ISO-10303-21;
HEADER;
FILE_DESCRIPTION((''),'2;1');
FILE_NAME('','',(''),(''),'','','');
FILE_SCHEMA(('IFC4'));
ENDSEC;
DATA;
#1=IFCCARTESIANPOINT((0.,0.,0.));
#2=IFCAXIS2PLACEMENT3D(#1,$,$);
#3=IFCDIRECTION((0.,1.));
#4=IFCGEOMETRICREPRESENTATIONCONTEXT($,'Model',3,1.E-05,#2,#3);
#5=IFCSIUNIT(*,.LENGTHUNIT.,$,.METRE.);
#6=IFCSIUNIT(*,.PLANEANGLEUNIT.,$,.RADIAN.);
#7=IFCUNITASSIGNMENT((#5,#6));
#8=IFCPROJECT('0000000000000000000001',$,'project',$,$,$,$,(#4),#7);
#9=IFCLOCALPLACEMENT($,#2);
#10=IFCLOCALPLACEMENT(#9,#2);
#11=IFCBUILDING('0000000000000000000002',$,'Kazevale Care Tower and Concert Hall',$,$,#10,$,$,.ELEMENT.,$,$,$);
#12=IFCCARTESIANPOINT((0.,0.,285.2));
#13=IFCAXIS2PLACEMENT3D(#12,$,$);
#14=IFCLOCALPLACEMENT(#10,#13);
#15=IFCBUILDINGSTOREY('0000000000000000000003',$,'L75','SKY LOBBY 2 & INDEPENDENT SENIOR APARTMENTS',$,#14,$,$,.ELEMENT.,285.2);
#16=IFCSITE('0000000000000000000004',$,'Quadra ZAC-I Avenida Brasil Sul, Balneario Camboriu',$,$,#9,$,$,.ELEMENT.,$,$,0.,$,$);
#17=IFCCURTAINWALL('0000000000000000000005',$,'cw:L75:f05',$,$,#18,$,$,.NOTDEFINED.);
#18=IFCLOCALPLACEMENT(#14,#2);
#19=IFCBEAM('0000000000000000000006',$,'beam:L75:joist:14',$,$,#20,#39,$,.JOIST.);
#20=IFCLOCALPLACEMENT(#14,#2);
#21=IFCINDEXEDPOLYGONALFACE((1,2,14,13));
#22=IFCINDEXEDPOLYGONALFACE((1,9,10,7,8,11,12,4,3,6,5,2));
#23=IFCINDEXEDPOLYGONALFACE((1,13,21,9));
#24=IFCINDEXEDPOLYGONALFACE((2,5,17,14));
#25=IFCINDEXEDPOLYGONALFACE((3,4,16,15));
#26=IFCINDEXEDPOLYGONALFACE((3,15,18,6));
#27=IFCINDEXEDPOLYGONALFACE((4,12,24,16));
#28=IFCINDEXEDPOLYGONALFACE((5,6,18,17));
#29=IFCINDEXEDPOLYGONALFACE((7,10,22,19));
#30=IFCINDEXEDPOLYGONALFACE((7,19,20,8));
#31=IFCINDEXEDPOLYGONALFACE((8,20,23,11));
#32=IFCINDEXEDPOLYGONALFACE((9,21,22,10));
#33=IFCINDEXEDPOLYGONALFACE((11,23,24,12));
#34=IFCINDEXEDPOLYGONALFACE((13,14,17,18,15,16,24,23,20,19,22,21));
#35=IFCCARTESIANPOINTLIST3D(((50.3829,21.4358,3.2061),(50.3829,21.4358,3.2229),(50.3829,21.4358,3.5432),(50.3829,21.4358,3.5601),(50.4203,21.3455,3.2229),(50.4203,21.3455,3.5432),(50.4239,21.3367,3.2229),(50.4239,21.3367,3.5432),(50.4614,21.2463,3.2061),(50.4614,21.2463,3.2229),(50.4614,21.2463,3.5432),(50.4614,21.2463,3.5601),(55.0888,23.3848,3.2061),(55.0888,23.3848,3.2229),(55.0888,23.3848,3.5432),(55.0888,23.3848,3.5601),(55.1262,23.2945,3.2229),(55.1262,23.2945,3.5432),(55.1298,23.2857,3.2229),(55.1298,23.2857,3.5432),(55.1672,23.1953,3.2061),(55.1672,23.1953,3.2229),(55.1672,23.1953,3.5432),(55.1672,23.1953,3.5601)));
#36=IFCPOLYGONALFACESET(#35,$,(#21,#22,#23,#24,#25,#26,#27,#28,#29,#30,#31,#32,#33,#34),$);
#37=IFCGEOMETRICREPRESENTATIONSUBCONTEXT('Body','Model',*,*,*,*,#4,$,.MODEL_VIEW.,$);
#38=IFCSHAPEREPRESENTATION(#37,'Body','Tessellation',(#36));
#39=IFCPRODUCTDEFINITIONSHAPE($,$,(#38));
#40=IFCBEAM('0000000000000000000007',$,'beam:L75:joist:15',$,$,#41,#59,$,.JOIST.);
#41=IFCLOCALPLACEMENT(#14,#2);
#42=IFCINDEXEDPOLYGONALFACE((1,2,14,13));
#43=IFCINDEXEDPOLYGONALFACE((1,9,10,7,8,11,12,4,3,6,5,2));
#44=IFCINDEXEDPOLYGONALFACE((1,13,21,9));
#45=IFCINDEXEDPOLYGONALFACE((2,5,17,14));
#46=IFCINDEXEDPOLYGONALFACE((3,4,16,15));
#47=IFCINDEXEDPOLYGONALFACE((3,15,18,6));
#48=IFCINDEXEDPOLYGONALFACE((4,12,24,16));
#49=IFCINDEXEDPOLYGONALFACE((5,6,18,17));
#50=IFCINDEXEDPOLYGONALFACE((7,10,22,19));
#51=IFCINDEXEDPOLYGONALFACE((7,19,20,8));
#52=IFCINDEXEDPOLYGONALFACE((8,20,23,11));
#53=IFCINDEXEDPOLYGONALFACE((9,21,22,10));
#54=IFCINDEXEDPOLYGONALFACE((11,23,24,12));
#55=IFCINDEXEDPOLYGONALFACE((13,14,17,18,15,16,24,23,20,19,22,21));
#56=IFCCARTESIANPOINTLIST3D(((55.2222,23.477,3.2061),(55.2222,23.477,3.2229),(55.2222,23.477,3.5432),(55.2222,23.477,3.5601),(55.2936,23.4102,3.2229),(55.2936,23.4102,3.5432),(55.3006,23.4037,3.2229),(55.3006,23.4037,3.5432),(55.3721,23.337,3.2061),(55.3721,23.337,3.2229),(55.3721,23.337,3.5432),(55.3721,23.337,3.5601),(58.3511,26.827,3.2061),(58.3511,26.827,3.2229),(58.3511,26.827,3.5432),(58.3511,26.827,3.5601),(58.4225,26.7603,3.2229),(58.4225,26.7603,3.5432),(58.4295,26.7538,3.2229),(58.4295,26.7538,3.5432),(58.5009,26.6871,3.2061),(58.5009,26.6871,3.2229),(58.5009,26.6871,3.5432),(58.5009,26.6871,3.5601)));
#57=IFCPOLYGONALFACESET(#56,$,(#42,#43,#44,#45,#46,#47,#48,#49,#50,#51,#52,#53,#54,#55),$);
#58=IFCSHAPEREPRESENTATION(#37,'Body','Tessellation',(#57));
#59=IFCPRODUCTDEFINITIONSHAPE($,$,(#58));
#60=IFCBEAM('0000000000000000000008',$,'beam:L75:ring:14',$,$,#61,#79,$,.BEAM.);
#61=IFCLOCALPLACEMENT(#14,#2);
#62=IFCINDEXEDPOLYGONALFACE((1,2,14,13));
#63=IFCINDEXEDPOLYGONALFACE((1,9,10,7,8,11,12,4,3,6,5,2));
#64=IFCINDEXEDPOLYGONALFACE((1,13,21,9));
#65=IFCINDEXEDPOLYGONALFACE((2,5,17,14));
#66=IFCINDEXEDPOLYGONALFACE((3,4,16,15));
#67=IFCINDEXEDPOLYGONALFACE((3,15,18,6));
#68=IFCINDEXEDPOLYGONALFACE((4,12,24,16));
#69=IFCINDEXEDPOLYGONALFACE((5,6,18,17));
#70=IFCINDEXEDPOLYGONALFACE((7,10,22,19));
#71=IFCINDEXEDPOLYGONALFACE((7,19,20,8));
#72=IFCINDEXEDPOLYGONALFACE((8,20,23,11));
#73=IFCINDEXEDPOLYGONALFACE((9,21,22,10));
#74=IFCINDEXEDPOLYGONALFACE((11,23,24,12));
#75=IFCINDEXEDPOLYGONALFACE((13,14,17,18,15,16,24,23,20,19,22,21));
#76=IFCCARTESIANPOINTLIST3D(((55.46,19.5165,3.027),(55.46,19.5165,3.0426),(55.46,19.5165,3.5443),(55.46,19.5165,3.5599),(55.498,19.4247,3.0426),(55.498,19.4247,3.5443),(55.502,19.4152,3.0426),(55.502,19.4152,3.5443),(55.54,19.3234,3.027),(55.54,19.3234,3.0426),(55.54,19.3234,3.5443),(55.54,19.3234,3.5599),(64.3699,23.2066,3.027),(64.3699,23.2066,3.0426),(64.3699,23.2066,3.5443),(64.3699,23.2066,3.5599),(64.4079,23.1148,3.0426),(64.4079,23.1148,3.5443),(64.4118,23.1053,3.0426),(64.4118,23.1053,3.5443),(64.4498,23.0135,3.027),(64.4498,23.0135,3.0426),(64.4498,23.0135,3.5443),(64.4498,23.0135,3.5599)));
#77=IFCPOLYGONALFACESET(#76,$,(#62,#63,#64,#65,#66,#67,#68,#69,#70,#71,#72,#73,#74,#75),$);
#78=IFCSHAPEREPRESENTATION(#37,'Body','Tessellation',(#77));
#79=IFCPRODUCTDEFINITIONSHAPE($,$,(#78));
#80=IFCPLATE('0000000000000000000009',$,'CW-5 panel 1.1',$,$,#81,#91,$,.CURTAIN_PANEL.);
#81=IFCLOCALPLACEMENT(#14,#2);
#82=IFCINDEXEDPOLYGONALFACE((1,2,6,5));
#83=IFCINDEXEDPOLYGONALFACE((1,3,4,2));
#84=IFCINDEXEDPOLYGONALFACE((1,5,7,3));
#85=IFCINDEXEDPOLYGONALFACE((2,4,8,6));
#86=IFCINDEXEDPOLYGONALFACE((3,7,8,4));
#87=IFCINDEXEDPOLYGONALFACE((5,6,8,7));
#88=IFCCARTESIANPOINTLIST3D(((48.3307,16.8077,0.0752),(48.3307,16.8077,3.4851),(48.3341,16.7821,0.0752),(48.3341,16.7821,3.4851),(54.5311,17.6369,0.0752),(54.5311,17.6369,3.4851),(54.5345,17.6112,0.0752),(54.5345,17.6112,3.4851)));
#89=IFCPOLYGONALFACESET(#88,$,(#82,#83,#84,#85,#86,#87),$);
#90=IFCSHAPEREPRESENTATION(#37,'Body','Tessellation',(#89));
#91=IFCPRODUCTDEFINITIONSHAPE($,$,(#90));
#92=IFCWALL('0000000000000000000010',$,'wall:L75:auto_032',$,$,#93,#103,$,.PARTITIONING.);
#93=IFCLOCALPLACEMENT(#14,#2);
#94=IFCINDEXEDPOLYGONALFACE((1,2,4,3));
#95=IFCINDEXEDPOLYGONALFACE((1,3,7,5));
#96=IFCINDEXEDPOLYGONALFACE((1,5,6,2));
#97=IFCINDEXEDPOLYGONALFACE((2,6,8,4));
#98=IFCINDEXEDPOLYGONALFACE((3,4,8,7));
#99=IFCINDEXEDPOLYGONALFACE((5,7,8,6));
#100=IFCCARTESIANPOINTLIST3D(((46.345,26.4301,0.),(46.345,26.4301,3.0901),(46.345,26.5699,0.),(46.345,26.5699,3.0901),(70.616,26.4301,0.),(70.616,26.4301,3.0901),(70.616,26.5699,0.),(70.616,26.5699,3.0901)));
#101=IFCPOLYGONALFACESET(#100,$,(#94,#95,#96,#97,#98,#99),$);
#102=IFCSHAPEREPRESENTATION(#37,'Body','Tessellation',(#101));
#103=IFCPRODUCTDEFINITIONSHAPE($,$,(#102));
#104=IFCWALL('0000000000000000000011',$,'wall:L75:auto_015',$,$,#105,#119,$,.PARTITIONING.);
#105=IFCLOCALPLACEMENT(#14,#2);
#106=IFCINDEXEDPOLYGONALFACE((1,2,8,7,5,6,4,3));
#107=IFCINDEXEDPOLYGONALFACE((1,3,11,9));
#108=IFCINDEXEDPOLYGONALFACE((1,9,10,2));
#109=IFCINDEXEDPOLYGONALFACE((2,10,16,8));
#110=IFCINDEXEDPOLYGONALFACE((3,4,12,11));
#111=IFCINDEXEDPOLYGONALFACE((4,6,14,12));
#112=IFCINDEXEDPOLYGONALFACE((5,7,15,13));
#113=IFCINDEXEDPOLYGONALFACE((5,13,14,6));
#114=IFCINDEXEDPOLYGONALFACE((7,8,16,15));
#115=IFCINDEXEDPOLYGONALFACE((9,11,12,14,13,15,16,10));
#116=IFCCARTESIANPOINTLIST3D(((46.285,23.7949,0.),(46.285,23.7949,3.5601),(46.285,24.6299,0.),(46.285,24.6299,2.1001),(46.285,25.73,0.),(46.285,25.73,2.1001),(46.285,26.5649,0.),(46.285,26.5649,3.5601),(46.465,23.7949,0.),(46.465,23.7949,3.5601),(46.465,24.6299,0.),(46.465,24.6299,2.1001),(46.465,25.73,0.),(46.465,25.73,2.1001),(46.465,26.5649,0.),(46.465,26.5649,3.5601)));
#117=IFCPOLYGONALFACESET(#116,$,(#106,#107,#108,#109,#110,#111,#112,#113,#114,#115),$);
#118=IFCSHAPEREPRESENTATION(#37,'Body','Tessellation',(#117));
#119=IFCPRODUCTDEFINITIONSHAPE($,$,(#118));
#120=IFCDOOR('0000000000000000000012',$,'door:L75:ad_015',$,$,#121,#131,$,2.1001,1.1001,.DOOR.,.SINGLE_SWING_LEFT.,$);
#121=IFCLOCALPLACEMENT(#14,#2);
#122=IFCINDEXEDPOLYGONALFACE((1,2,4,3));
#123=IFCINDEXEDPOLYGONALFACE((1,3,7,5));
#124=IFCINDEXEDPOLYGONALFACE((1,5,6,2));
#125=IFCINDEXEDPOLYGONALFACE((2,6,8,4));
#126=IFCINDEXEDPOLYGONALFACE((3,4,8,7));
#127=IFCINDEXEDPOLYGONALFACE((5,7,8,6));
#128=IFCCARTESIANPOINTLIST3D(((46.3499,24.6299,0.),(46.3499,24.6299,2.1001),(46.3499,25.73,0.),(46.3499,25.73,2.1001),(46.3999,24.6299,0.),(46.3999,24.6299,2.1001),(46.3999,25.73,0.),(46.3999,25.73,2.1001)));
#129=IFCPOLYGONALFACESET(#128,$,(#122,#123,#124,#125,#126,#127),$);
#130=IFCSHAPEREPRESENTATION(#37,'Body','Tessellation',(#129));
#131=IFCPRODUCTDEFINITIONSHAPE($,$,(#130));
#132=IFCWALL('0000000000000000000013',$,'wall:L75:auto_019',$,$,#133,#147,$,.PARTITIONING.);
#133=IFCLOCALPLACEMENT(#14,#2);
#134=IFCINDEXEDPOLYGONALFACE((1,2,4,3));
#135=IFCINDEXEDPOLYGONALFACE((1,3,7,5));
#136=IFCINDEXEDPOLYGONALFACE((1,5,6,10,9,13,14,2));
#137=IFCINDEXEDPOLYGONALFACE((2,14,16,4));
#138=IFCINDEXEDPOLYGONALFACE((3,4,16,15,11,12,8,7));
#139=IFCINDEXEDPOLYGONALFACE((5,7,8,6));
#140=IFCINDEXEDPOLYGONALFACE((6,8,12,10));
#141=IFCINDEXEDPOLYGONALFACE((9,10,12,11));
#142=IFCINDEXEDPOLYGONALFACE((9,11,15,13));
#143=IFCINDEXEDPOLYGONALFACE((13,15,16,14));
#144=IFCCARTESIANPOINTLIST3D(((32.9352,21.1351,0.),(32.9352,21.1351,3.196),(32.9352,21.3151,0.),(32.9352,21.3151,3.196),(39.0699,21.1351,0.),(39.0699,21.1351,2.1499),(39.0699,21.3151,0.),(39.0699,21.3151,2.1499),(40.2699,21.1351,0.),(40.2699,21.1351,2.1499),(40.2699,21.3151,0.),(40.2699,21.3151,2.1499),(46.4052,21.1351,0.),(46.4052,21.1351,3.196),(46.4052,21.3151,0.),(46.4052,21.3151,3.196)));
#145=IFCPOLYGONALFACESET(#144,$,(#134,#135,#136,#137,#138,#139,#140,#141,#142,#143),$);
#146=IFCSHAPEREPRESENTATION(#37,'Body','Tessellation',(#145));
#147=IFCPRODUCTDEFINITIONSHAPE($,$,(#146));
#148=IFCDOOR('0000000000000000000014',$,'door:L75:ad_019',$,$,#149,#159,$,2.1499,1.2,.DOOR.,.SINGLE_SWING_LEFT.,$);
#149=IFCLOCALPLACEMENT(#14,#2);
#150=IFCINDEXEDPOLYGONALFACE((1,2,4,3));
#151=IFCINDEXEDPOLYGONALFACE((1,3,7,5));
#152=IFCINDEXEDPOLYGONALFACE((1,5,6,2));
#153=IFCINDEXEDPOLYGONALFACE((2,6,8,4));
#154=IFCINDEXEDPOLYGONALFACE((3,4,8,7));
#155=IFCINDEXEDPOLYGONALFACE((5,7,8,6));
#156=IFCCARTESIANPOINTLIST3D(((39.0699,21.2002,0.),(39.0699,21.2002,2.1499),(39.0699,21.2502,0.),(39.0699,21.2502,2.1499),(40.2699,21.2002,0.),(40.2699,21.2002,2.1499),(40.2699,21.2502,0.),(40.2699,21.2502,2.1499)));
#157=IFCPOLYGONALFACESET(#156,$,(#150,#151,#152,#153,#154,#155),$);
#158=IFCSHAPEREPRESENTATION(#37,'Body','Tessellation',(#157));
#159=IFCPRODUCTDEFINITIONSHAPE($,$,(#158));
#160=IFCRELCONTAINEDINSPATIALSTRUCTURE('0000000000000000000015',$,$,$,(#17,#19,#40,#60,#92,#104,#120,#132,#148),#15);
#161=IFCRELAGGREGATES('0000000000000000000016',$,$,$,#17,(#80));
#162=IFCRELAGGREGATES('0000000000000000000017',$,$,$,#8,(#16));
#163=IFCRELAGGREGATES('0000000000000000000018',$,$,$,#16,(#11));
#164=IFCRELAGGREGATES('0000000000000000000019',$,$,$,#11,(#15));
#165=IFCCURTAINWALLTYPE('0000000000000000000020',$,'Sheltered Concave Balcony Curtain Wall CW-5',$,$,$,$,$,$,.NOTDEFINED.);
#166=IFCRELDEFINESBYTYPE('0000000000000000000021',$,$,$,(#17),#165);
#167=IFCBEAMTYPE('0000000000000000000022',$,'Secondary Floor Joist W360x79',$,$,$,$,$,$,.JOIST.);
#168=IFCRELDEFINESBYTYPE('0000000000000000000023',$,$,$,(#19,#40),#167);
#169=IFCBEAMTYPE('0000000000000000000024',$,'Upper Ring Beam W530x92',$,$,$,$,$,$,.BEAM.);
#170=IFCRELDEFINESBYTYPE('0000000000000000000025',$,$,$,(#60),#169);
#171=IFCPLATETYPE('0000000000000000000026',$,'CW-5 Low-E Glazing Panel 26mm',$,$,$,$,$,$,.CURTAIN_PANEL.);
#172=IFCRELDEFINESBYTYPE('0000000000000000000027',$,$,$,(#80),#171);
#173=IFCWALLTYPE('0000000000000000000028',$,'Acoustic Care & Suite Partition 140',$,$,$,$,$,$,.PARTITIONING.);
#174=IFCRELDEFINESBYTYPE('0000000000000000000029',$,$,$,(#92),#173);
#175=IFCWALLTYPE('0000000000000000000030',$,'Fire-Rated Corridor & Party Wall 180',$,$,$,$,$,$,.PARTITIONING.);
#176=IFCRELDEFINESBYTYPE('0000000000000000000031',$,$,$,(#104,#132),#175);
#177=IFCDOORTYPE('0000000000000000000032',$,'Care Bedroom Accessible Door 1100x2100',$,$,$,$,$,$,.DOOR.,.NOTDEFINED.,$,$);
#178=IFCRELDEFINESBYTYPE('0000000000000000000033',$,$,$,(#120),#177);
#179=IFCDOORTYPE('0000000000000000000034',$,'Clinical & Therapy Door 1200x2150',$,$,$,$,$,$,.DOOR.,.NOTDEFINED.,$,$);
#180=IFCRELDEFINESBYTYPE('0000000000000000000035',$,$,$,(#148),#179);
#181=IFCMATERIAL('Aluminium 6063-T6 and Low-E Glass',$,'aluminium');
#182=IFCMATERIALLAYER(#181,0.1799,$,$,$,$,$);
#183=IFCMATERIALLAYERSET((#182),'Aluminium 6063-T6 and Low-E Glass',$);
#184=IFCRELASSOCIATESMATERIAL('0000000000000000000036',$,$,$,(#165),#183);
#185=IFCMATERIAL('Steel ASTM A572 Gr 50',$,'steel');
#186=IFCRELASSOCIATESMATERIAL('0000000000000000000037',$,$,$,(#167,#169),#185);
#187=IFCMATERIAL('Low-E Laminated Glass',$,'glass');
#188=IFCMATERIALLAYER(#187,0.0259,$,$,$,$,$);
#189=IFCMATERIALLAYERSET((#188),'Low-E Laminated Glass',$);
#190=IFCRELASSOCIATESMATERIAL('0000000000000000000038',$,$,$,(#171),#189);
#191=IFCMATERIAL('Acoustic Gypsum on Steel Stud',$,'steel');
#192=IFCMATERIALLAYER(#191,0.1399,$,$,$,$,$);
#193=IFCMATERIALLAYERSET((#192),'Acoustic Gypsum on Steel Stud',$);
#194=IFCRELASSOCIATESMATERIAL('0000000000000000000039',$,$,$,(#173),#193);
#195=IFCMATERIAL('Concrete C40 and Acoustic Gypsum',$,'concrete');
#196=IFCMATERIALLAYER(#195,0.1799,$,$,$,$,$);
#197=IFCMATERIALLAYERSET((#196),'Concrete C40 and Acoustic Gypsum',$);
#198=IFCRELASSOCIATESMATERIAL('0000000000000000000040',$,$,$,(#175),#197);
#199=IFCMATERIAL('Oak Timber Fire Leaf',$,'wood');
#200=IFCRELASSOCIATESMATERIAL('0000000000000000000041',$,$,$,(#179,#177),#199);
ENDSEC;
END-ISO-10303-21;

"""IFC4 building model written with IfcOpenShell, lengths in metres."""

from ifc_helpers import new_model, si_unit, direction, frame, frame_2d, origin, origin_2d, place, context, subcontext, project, spatial, rectangle, i_section, extrude, material, layer, layer_set, material_profile, profile_set, type_object, element, fill, aggregate, save


model = new_model("IFC4")

# Units and contexts
model_context = context("Model", 3, precision=1e-05, world=origin(), true_north=direction((0.0, 1.0)))
body_context = subcontext(model_context, "Body", "Model", "MODEL_VIEW")
ifc_project = project(units=[si_unit("LENGTHUNIT", "METRE"), si_unit("PLANEANGLEUNIT", "RADIAN")], contexts=[model_context])

# Site, building, storey
site_placement = place(None, origin())
site = spatial("IfcSite", under=ifc_project, at=site_placement, Name="Quadra ZAC-I Avenida Brasil Sul, Balneario Camboriu", CompositionType="ELEMENT", RefElevation=0.0)
building_placement = place(site_placement, origin())
building = spatial("IfcBuilding", under=site, at=building_placement, Name="Kazevale Care Tower and Concert Hall", CompositionType="ELEMENT")
storey_placement = place(building_placement, frame((0.0, 0.0, 285.2)))
storey = spatial("IfcBuildingStorey", under=building, at=storey_placement, Name="L75", Description="SKY LOBBY 2 & INDEPENDENT SENIOR APARTMENTS", CompositionType="ELEMENT", Elevation=285.2)

# Curtain wall
ifc_material_1 = material(Name="Aluminium 6063-T6 and Low-E Glass", Category="aluminium")
ifc_layer_1 = layer(ifc_material_1, 0.1799)
ifc_layer_set_1 = layer_set([ifc_layer_1], Name="Aluminium 6063-T6 and Low-E Glass")
curtain_wall_type = type_object("IfcCurtainWallType", Name="Sheltered Concave Balcony Curtain Wall CW-5", PredefinedType="NOTDEFINED", material=ifc_layer_set_1)
curtain_wall_1_placement = place(storey_placement, origin())
curtain_wall_1 = element("IfcCurtainWall", 1, at=curtain_wall_1_placement, inside=storey, type_object=curtain_wall_type, Name="cw:L75:f05", PredefinedType="NOTDEFINED")

# Beams
ifc_material_2 = material(Name="Steel ASTM A572 Gr 50", Category="steel")
ifc_material_profile_1 = material_profile(ifc_material_2, i_section(OverallWidth=0.2051, OverallDepth=0.354, WebThickness=0.0095, FlangeThickness=0.0168, at=origin_2d()), Name="W360x79")
ifc_profile_set_1 = profile_set([ifc_material_profile_1], Name="Steel ASTM A572 Gr 50")
beam_type_1 = type_object("IfcBeamType", Name="Secondary Floor Joist W360x79", PredefinedType="JOIST", material=ifc_profile_set_1)
beam_1_placement = place(storey_placement, frame((50.4221, 21.3411, 3.3831), z_axis=(0.923896, 0.382644, 0.0), x_axis=(-0.382644, 0.923896, 0.0)))
element("IfcBeam", 2, at=beam_1_placement, inside=storey, type_object=beam_type_1, Name="beam:L75:joist:14", PredefinedType="JOIST", context=body_context, shape_type="SweptSolid", body=[
    extrude(i_section(OverallWidth=0.2051, OverallDepth=0.354, WebThickness=0.0095, FlangeThickness=0.0168, at=origin_2d()), origin(), (0.0, 0.0, 1.0), 5.0935),
])
beam_2_placement = place(storey_placement, frame((55.2971, 23.407, 3.3831), z_axis=(0.682569, 0.730821, 0.0), x_axis=(-0.730821, 0.682569, 0.0)))
element("IfcBeam", 3, at=beam_2_placement, inside=storey, type_object=beam_type_1, Name="beam:L75:joist:15", PredefinedType="JOIST", context=body_context, shape_type="SweptSolid", body=[
    extrude(i_section(OverallWidth=0.2051, OverallDepth=0.354, WebThickness=0.0095, FlangeThickness=0.0168, at=origin_2d()), origin(), (0.0, 0.0, 1.0), 4.584),
])
ifc_material_profile_2 = material_profile(ifc_material_2, i_section(OverallWidth=0.209, OverallDepth=0.533, WebThickness=0.0103, FlangeThickness=0.0156, at=origin_2d()), Name="W530x92")
ifc_profile_set_2 = profile_set([ifc_material_profile_2], Name="Steel ASTM A572 Gr 50")
beam_type_2 = type_object("IfcBeamType", Name="Upper Ring Beam W530x92", PredefinedType="BEAM", material=ifc_profile_set_2)
beam_3_placement = place(storey_placement, frame((55.5, 19.4199, 3.2935), z_axis=(0.923895, 0.382646, 0.0), x_axis=(-0.382646, 0.923895, 0.0)))
element("IfcBeam", 4, at=beam_3_placement, inside=storey, type_object=beam_type_2, Name="beam:L75:ring:14", PredefinedType="BEAM", context=body_context, shape_type="SweptSolid", body=[
    extrude(i_section(OverallWidth=0.209, OverallDepth=0.533, WebThickness=0.0103, FlangeThickness=0.0156, at=origin_2d()), origin(), (0.0, 0.0, 1.0), 9.6438),
])

# Plate
ifc_material_3 = material(Name="Low-E Laminated Glass", Category="glass")
ifc_layer_2 = layer(ifc_material_3, 0.0259)
ifc_layer_set_2 = layer_set([ifc_layer_2], Name="Low-E Laminated Glass")
plate_type = type_object("IfcPlateType", Name="CW-5 Low-E Glazing Panel 26mm", PredefinedType="CURTAIN_PANEL", material=ifc_layer_set_2)
plate_placement = place(storey_placement, frame((51.4326, 17.2095, 0.0752), z_axis=(0.0, 0.0, 1.0), x_axis=(-0.991177, -0.132542, 0.0)))
plate = element("IfcPlate", 5, at=plate_placement, type_object=plate_type, Name="CW-5 panel 1.1", PredefinedType="CURTAIN_PANEL", context=body_context, shape_type="SweptSolid", body=[
    extrude(rectangle(XDim=6.2556, YDim=0.0259, at=origin_2d()), origin(), (0.0, 0.0, 1.0), 3.4099),
])
aggregate(curtain_wall_1, [plate])

# Wall
ifc_material_4 = material(Name="Acoustic Gypsum on Steel Stud", Category="steel")
ifc_layer_3 = layer(ifc_material_4, 0.1399)
ifc_layer_set_3 = layer_set([ifc_layer_3], Name="Acoustic Gypsum on Steel Stud")
wall_type_1 = type_object("IfcWallType", Name="Acoustic Care & Suite Partition 140", PredefinedType="PARTITIONING", material=ifc_layer_set_3)
wall_1_placement = place(storey_placement, frame((46.345, 26.5, 0.0), z_axis=(0.0, 0.0, 1.0), x_axis=(1.0, 0.0, 0.0)))
element("IfcWall", 6, at=wall_1_placement, inside=storey, type_object=wall_type_1, Name="wall:L75:auto_032", PredefinedType="PARTITIONING", context=body_context, shape_type="SweptSolid", body=[
    extrude(rectangle(XDim=24.271, YDim=0.1399, at=frame_2d((12.1355, 0.0))), origin(), (0.0, 0.0, 1.0), 3.0901),
])

# Walls, openings, doors
ifc_material_5 = material(Name="Concrete C40 and Acoustic Gypsum", Category="concrete")
ifc_layer_4 = layer(ifc_material_5, 0.1799)
ifc_layer_set_4 = layer_set([ifc_layer_4], Name="Concrete C40 and Acoustic Gypsum")
wall_type_2 = type_object("IfcWallType", Name="Fire-Rated Corridor & Party Wall 180", PredefinedType="PARTITIONING", material=ifc_layer_set_4)
ifc_material_6 = material(Name="Oak Timber Fire Leaf", Category="wood")
door_type_1 = type_object("IfcDoorType", Name="Clinical & Therapy Door 1200x2150", OperationType="NOTDEFINED", PredefinedType="DOOR", material=ifc_material_6)
wall_2_placement = place(storey_placement, frame((46.375, 26.5649, 0.0), z_axis=(0.0, 0.0, 1.0), x_axis=(0.0, -1.0, 0.0)))
wall_2 = element("IfcWall", 7, at=wall_2_placement, inside=storey, type_object=wall_type_2, Name="wall:L75:auto_015", PredefinedType="PARTITIONING", context=body_context, shape_type="SweptSolid", body=[
    extrude(rectangle(XDim=2.77, YDim=0.1799, at=frame_2d((1.385, 0.0))), origin(), (0.0, 0.0, 1.0), 3.5601),
])
opening_1_placement = place(wall_2_placement, frame((0.835, 0.0, 0.0)))
opening_1 = element("IfcOpeningElement", 8, at=opening_1_placement, cuts=wall_2, PredefinedType="OPENING", context=body_context, shape_type="SweptSolid", body=[
    extrude(rectangle(XDim=1.1001, YDim=2.1001, at=frame_2d((0.55, 1.05))), frame((0.0, 0.0999, 0.0), z_axis=(0.0, -1.0, 0.0), x_axis=(1.0, 0.0, 0.0)), (0.0, 0.0, 1.0), 0.2),
])
door_type_2 = type_object("IfcDoorType", Name="Care Bedroom Accessible Door 1100x2100", OperationType="NOTDEFINED", PredefinedType="DOOR", material=ifc_material_6)
door_1_placement = place(opening_1_placement, origin())
door_1 = element("IfcDoor", 9, at=door_1_placement, inside=storey, type_object=door_type_2, Name="door:L75:ad_015", OperationType="SINGLE_SWING_LEFT", OverallHeight=2.1001, OverallWidth=1.1001, PredefinedType="DOOR", context=body_context, shape_type="SweptSolid", body=[
    extrude(rectangle(XDim=1.1001, YDim=2.1001, at=frame_2d((0.55, 1.05))), frame((0.0, 0.0249, 0.0), z_axis=(0.0, -1.0, 0.0), x_axis=(1.0, 0.0, 0.0)), (0.0, 0.0, 1.0), 0.05),
])
fill(opening_1, door_1)
wall_3_placement = place(storey_placement, frame((46.405, 21.2251, 0.0), z_axis=(0.0, 0.0, 1.0), x_axis=(-1.0, 0.0, 0.0)))
wall_3 = element("IfcWall", 10, at=wall_3_placement, inside=storey, type_object=wall_type_2, Name="wall:L75:auto_019", PredefinedType="PARTITIONING", context=body_context, shape_type="SweptSolid", body=[
    extrude(rectangle(XDim=13.47, YDim=0.1799, at=frame_2d((6.7349, 0.0))), origin(), (0.0, 0.0, 1.0), 3.196),
])
opening_2_placement = place(wall_3_placement, frame((6.135, 0.0, 0.0)))
opening_2 = element("IfcOpeningElement", 11, at=opening_2_placement, cuts=wall_3, PredefinedType="OPENING", context=body_context, shape_type="SweptSolid", body=[
    extrude(rectangle(XDim=1.2, YDim=2.1499, at=frame_2d((0.6001, 1.075))), frame((0.0, 0.0999, 0.0), z_axis=(0.0, -1.0, 0.0), x_axis=(1.0, 0.0, 0.0)), (0.0, 0.0, 1.0), 0.2),
])
door_2_placement = place(opening_2_placement, origin())
door_2 = element("IfcDoor", 12, at=door_2_placement, inside=storey, type_object=door_type_1, Name="door:L75:ad_019", OperationType="SINGLE_SWING_LEFT", OverallHeight=2.1499, OverallWidth=1.2, PredefinedType="DOOR", context=body_context, shape_type="SweptSolid", body=[
    extrude(rectangle(XDim=1.2, YDim=2.1499, at=frame_2d((0.6001, 1.075))), frame((0.0, 0.0249, 0.0), z_axis=(0.0, -1.0, 0.0), x_axis=(1.0, 0.0, 0.0)), (0.0, 0.0, 1.0), 0.05),
])
fill(opening_2, door_2)

save(model, "model.ifc")
